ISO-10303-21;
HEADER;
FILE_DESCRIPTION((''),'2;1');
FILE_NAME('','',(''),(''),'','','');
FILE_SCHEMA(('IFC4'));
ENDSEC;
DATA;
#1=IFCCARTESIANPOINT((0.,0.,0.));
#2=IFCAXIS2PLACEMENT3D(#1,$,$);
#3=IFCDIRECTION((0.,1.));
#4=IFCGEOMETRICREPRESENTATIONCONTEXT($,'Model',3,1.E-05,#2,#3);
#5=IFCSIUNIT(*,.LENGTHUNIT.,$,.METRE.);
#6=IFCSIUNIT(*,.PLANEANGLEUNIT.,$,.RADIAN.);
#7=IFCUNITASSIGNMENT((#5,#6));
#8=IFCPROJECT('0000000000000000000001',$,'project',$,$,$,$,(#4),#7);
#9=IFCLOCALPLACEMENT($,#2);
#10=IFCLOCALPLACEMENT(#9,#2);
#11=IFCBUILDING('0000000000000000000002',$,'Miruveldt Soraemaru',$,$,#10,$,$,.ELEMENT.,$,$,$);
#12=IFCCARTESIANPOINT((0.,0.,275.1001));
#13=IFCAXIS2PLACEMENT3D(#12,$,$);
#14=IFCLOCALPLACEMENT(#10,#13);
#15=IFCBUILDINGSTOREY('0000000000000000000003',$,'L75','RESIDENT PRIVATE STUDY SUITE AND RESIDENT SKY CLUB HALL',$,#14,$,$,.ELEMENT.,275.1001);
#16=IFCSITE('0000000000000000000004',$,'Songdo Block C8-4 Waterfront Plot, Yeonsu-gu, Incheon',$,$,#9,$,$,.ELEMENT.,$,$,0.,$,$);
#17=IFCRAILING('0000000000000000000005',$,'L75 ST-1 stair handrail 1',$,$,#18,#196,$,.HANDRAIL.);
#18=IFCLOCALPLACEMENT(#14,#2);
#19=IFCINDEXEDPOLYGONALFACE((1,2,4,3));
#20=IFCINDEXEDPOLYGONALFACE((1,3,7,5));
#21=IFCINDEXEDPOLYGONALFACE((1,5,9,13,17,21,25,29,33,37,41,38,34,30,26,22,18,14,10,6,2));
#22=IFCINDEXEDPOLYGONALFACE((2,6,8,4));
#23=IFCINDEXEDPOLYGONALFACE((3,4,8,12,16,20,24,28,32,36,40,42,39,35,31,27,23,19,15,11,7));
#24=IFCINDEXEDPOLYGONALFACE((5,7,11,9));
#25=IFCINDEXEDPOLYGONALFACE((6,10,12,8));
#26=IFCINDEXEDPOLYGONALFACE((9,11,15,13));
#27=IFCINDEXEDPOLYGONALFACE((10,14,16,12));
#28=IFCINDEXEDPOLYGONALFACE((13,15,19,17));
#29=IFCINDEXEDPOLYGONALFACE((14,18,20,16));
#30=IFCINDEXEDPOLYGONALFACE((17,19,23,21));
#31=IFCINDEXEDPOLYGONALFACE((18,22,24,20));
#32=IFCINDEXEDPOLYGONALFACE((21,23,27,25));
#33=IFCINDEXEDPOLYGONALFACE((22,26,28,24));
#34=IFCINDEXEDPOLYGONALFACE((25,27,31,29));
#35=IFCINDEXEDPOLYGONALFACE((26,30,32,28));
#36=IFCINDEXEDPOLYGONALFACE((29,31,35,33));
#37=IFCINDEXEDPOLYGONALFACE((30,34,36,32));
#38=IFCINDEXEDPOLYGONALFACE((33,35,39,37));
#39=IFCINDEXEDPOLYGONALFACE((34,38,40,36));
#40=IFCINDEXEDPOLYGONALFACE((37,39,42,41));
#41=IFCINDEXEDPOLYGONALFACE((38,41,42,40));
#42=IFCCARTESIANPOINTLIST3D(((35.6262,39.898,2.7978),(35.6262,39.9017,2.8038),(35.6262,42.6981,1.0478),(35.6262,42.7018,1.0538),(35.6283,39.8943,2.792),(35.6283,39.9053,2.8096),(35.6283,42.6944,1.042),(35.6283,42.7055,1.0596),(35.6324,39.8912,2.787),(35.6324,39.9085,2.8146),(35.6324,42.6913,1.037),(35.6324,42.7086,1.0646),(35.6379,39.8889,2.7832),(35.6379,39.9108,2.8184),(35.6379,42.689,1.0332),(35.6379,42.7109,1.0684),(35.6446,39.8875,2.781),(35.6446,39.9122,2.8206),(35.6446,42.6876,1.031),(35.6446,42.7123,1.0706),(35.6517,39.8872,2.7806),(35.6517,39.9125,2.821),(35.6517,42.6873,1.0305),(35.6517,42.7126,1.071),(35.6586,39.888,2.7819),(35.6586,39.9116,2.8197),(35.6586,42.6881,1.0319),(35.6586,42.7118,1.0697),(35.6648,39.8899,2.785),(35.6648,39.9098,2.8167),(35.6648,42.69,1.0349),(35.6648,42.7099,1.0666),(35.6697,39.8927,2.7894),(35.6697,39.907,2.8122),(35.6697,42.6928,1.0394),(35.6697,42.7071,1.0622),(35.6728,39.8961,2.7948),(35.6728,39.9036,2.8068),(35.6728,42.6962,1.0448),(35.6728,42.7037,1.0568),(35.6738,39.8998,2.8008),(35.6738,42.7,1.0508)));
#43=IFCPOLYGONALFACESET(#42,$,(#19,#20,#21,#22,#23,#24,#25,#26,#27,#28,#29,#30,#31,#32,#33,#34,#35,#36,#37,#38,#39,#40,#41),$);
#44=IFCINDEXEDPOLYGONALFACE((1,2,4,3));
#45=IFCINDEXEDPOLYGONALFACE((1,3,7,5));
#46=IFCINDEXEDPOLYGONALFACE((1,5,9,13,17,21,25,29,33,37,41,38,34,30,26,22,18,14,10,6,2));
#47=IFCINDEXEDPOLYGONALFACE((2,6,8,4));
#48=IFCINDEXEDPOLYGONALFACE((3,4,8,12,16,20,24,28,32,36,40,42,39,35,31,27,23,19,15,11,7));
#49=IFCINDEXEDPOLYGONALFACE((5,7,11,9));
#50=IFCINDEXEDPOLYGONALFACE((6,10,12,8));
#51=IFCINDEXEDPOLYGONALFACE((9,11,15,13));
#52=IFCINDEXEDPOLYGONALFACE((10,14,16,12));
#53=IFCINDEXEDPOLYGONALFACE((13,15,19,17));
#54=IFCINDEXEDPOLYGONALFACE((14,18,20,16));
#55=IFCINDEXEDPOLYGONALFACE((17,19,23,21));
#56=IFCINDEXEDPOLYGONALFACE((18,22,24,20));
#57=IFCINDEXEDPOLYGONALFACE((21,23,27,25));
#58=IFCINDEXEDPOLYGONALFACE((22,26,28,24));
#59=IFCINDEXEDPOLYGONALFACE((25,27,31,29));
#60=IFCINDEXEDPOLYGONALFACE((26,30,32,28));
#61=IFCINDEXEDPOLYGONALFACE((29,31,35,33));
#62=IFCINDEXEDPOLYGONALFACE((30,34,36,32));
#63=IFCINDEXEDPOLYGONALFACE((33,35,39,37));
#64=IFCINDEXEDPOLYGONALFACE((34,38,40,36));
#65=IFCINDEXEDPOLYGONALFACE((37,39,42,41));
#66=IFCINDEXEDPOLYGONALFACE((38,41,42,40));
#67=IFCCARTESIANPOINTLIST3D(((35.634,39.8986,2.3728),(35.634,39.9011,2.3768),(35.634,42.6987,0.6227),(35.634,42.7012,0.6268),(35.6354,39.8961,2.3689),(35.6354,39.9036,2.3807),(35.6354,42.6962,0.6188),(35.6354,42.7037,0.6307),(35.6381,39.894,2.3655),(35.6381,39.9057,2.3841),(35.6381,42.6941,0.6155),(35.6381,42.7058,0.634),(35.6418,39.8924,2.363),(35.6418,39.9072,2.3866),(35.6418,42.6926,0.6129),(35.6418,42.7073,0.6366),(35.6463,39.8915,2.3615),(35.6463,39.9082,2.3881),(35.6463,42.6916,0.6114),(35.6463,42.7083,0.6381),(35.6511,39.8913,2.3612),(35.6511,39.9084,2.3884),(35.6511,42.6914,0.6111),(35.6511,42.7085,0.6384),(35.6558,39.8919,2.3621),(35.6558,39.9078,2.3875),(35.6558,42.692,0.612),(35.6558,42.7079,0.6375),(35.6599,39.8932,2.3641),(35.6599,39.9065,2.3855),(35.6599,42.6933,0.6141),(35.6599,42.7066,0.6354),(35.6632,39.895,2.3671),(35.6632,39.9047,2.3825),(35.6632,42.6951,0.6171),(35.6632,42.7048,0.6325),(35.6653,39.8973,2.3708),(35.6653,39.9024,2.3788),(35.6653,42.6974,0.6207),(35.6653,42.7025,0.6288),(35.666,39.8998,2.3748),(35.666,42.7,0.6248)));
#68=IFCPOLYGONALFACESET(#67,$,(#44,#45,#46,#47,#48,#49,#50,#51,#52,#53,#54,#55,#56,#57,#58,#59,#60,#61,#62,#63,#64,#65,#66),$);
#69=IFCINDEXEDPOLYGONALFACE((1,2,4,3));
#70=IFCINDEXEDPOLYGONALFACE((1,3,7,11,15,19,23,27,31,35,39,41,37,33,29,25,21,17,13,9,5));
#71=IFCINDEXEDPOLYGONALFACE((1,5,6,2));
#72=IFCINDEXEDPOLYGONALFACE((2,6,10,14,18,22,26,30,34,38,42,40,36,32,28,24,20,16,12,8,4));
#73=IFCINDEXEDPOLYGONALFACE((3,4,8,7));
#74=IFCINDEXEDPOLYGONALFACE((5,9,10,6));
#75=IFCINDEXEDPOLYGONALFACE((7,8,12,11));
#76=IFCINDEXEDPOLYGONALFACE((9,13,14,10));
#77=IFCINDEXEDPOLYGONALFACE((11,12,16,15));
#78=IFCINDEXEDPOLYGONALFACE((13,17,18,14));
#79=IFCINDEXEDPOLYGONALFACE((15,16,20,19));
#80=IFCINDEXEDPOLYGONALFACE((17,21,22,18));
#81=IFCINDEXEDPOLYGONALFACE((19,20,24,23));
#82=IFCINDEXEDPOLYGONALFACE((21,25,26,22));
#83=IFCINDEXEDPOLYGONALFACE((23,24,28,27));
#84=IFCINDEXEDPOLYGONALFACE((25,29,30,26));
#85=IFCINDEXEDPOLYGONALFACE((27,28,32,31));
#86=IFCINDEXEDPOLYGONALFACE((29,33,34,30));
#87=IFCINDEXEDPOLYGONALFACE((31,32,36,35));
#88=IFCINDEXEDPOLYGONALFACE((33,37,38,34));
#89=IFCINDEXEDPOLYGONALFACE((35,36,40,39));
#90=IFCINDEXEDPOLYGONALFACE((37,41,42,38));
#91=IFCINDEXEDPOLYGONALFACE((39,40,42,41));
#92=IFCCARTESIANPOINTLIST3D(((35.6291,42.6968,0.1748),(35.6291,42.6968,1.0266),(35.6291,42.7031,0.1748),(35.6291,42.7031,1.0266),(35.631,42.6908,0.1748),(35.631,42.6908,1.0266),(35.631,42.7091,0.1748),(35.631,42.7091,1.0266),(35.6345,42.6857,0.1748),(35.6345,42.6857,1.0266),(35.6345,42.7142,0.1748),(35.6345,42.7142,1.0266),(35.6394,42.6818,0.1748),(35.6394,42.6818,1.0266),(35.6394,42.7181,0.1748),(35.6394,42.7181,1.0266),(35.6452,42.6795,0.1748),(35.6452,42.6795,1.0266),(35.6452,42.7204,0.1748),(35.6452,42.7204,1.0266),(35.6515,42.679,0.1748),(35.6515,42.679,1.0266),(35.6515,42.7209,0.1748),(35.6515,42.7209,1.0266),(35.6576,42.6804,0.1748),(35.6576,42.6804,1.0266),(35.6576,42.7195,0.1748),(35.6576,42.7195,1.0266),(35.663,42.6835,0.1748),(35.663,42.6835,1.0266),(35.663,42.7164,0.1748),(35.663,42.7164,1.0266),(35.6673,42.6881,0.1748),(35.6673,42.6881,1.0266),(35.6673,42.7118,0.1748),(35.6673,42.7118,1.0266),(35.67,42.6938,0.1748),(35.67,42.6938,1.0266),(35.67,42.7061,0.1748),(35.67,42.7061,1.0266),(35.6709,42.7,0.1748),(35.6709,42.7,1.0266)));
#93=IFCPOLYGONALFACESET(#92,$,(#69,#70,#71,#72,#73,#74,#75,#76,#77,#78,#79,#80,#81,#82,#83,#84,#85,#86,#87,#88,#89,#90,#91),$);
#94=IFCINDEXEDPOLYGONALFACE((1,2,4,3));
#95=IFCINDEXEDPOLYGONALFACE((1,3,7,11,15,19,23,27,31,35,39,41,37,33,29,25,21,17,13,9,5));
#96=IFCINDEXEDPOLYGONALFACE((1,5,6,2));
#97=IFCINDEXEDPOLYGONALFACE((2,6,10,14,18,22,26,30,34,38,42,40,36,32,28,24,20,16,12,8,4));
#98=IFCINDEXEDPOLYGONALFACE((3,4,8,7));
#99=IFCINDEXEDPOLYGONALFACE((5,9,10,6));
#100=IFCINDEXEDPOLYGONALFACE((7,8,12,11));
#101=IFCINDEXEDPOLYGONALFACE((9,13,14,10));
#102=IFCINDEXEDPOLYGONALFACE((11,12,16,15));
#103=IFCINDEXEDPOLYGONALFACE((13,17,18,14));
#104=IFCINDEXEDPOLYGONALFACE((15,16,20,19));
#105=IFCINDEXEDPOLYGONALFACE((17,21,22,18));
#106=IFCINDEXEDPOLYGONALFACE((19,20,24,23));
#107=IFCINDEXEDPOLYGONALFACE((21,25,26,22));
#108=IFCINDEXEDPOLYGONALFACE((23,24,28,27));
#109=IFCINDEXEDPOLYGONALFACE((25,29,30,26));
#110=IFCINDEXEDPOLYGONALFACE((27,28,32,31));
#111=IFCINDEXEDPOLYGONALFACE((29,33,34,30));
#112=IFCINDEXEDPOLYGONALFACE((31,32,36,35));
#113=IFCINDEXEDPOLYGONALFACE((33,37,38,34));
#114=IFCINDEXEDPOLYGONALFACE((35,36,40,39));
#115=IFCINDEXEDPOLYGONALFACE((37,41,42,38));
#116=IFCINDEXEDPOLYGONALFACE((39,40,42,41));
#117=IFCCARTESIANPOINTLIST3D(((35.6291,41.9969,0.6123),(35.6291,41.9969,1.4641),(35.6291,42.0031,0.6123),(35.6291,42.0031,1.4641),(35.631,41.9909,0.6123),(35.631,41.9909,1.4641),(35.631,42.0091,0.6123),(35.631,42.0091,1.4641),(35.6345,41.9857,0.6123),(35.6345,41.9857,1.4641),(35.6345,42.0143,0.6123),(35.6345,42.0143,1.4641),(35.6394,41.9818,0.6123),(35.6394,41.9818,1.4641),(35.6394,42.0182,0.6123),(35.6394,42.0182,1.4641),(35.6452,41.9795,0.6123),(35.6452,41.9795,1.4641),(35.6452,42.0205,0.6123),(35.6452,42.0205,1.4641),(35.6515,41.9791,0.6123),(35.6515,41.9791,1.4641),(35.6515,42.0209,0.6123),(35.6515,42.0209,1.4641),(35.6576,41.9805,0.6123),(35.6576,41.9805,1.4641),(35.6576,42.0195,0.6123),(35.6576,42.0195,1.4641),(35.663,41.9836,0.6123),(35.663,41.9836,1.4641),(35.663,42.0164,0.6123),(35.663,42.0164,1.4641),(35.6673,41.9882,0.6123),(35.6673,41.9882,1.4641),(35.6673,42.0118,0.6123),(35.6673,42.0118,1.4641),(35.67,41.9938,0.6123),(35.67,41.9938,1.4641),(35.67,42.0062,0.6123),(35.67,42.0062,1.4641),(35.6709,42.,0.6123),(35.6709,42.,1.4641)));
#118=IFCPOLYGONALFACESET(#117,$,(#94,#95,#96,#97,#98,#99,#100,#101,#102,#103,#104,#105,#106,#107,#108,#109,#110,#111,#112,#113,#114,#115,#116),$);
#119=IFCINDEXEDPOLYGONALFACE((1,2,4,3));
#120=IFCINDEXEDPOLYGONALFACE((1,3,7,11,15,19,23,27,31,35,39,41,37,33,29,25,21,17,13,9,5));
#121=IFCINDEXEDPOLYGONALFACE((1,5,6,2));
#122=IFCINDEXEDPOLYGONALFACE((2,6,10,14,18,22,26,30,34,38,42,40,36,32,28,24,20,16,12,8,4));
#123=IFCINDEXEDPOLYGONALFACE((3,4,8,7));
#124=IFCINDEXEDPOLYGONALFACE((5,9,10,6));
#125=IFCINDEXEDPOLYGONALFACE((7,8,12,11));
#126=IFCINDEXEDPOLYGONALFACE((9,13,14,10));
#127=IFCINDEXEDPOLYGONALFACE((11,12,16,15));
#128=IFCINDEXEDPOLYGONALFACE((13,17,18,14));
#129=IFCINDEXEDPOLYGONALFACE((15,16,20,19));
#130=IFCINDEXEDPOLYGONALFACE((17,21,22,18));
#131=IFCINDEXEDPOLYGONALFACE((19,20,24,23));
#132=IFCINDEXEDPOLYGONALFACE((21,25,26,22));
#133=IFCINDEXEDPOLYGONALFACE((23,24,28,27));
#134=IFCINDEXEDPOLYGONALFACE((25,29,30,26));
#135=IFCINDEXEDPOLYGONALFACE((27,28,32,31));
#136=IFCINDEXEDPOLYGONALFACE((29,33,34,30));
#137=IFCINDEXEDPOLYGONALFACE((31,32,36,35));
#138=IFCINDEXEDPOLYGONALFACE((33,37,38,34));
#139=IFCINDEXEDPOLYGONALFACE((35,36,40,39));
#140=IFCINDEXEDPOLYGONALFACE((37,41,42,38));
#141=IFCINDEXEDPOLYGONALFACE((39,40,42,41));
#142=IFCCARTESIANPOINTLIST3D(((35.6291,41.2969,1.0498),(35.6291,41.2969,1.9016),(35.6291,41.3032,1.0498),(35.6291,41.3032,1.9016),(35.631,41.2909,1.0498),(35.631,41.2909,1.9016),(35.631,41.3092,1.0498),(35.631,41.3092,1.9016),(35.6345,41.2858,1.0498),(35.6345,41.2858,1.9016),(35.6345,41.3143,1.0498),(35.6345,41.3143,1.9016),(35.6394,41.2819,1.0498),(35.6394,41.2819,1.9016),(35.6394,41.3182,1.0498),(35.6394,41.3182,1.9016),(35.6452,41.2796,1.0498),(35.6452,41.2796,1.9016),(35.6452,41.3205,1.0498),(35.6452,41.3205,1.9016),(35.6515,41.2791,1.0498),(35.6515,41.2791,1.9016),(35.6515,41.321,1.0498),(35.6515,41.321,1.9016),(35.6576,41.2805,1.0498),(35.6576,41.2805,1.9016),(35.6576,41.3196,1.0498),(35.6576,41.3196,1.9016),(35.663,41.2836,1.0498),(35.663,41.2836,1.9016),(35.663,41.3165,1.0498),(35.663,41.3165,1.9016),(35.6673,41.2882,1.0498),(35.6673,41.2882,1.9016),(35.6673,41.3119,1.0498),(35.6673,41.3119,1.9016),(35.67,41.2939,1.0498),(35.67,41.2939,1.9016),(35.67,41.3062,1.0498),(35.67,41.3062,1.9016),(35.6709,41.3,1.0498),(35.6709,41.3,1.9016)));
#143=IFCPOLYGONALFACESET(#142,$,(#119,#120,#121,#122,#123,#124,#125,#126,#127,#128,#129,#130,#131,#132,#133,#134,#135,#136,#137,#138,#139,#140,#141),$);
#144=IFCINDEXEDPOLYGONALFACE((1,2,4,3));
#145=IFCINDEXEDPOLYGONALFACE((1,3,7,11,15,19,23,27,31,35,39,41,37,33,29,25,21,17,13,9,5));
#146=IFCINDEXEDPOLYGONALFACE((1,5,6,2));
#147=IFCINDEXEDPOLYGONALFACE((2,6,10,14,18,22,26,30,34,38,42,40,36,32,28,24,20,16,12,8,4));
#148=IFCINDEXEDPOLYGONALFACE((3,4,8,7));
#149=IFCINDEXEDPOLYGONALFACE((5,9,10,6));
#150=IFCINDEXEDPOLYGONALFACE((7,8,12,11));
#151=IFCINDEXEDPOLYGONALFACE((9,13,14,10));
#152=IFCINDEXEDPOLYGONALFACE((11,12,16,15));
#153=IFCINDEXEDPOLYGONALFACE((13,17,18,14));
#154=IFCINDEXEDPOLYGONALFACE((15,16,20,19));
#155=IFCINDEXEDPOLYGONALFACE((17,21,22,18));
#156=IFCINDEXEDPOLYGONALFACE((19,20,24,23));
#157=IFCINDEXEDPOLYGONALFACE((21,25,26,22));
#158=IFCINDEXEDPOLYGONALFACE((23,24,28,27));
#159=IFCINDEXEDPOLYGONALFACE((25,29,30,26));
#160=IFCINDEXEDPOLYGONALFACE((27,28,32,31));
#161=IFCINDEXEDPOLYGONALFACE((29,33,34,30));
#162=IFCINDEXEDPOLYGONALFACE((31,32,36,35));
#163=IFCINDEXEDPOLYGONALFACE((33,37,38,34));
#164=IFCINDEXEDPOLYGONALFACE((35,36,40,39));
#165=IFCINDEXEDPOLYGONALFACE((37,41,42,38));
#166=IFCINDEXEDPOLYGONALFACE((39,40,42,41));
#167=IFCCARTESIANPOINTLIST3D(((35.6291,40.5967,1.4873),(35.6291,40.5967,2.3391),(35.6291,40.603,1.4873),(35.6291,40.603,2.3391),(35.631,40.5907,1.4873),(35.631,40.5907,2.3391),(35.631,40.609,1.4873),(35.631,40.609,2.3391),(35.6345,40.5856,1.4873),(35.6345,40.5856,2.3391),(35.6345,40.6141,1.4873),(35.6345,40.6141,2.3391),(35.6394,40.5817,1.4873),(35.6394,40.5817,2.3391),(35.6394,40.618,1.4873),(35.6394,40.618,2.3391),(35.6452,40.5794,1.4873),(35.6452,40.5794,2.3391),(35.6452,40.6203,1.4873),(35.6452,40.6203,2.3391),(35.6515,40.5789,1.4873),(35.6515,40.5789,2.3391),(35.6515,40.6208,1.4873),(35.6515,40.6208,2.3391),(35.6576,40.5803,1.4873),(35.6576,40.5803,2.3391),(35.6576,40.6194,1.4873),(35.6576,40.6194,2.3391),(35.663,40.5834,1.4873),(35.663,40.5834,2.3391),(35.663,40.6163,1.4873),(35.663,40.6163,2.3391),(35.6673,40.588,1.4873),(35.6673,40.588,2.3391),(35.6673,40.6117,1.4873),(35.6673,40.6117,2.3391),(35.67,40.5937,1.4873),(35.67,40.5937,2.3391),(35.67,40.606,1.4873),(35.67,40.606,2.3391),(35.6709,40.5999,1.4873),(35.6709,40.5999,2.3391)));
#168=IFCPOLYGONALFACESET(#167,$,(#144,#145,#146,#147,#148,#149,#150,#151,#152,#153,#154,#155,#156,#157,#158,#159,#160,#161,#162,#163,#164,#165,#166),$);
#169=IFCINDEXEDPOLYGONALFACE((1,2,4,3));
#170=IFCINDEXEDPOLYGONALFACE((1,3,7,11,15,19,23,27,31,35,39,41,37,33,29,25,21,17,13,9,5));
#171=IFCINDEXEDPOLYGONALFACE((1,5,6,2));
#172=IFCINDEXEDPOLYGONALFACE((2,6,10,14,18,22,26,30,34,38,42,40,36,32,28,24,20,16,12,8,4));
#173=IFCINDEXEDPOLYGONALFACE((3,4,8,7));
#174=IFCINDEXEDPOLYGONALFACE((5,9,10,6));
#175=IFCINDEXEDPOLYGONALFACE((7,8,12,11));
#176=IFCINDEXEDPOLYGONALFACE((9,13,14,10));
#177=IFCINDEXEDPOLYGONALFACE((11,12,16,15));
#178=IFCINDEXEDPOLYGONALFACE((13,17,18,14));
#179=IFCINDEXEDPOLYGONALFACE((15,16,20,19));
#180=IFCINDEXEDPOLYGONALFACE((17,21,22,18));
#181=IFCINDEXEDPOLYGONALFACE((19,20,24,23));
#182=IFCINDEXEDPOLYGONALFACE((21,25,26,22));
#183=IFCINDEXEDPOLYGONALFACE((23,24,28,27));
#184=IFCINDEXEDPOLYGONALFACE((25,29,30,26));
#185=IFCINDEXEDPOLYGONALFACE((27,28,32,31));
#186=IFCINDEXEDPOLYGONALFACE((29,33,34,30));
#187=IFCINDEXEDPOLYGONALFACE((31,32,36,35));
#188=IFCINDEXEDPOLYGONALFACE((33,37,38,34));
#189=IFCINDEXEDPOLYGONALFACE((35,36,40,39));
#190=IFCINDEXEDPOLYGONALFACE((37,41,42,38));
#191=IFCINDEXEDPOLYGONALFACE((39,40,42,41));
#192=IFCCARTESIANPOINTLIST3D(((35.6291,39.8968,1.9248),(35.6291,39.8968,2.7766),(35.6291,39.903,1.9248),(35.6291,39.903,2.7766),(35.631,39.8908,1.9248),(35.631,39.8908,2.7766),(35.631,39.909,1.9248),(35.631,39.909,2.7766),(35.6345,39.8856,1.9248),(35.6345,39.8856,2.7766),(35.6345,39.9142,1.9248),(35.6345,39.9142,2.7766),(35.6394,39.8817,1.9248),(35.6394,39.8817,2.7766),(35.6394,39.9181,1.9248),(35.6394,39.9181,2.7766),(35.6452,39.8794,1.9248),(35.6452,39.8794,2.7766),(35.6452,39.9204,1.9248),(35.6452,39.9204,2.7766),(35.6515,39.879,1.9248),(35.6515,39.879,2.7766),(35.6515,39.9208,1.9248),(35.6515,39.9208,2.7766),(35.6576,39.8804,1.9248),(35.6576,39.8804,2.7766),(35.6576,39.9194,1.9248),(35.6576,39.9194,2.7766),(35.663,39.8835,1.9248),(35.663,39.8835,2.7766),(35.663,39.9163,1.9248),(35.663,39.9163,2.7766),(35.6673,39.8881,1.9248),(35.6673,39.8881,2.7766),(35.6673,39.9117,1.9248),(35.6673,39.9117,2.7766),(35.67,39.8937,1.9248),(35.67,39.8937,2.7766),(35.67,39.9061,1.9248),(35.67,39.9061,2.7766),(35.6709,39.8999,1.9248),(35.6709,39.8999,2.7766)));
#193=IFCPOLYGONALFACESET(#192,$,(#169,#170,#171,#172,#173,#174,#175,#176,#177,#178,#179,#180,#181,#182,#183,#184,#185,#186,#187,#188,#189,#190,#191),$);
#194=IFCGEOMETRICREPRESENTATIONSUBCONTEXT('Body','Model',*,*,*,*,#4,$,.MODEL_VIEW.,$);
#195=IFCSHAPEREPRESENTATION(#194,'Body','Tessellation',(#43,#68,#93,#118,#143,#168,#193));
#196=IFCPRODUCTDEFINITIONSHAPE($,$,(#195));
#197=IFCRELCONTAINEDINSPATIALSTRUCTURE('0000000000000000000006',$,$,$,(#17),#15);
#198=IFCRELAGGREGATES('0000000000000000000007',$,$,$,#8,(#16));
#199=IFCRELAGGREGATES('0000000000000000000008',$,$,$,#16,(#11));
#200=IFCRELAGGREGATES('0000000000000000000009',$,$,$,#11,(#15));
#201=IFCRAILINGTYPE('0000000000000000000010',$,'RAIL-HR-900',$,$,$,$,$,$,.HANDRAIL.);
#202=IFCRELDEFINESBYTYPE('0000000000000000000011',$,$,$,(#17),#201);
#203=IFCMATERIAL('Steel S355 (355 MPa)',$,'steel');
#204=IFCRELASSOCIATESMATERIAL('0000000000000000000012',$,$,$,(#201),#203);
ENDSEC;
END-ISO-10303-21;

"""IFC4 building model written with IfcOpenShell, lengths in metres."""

from ifc_helpers import new_model, si_unit, direction, frame, origin, origin_2d, place, context, subcontext, project, spatial, circle, extrude, material, type_object, element, save


model = new_model("IFC4")

# Units and contexts
model_context = context("Model", 3, precision=1e-05, world=origin(), true_north=direction((0.0, 1.0)))
body_context = subcontext(model_context, "Body", "Model", "MODEL_VIEW")
ifc_project = project(units=[si_unit("LENGTHUNIT", "METRE"), si_unit("PLANEANGLEUNIT", "RADIAN")], contexts=[model_context])

# Site, building, storey
site_placement = place(None, origin())
site = spatial("IfcSite", under=ifc_project, at=site_placement, Name="Songdo Block C8-4 Waterfront Plot, Yeonsu-gu, Incheon", CompositionType="ELEMENT", RefElevation=0.0)
building_placement = place(site_placement, origin())
building = spatial("IfcBuilding", under=site, at=building_placement, Name="Miruveldt Soraemaru", CompositionType="ELEMENT")
storey_placement = place(building_placement, frame((0.0, 0.0, 275.1001)))
storey = spatial("IfcBuildingStorey", under=building, at=storey_placement, Name="L75", Description="RESIDENT PRIVATE STUDY SUITE AND RESIDENT SKY CLUB HALL", CompositionType="ELEMENT", Elevation=275.1001)

# Railing
ifc_material_1 = material(Name="Steel S355 (355 MPa)", Category="steel")
railing_type = type_object("IfcRailingType", Name="RAIL-HR-900", PredefinedType="HANDRAIL", material=ifc_material_1)
railing_placement = place(storey_placement, frame((35.6499, 42.7, 0.1748)))
element("IfcRailing", 1, at=railing_placement, inside=storey, type_object=railing_type, Name="L75 ST-1 stair handrail 1", PredefinedType="HANDRAIL", context=body_context, shape_type="SweptSolid", body=[
    extrude(circle(Radius=0.0239, at=origin_2d()), frame((0.0, 0.0, 0.876), z_axis=(0.0, -0.848002, 0.529992), x_axis=(1.0, 0.0, 0.0)), (0.0, 0.0, 1.0), 3.302),
    extrude(circle(Radius=0.0161, at=origin_2d()), frame((0.0, 0.0, 0.45), z_axis=(0.0, -0.848002, 0.529992), x_axis=(1.0, 0.0, 0.0)), (0.0, 0.0, 1.0), 3.302),
    extrude(circle(Radius=0.021, at=origin_2d()), origin(), (0.0, 0.0, 1.0), 0.8518),
    extrude(circle(Radius=0.021, at=origin_2d()), frame((0.0, -0.7, 0.4375)), (0.0, 0.0, 1.0), 0.8518),
    extrude(circle(Radius=0.021, at=origin_2d()), frame((0.0, -1.3999, 0.875)), (0.0, 0.0, 1.0), 0.8518),
    extrude(circle(Radius=0.021, at=origin_2d()), frame((0.0, -2.1001, 1.3125)), (0.0, 0.0, 1.0), 0.8518),
    extrude(circle(Radius=0.021, at=origin_2d()), frame((0.0, -2.8, 1.75)), (0.0, 0.0, 1.0), 0.8518),
])

save(model, "model.ifc")
